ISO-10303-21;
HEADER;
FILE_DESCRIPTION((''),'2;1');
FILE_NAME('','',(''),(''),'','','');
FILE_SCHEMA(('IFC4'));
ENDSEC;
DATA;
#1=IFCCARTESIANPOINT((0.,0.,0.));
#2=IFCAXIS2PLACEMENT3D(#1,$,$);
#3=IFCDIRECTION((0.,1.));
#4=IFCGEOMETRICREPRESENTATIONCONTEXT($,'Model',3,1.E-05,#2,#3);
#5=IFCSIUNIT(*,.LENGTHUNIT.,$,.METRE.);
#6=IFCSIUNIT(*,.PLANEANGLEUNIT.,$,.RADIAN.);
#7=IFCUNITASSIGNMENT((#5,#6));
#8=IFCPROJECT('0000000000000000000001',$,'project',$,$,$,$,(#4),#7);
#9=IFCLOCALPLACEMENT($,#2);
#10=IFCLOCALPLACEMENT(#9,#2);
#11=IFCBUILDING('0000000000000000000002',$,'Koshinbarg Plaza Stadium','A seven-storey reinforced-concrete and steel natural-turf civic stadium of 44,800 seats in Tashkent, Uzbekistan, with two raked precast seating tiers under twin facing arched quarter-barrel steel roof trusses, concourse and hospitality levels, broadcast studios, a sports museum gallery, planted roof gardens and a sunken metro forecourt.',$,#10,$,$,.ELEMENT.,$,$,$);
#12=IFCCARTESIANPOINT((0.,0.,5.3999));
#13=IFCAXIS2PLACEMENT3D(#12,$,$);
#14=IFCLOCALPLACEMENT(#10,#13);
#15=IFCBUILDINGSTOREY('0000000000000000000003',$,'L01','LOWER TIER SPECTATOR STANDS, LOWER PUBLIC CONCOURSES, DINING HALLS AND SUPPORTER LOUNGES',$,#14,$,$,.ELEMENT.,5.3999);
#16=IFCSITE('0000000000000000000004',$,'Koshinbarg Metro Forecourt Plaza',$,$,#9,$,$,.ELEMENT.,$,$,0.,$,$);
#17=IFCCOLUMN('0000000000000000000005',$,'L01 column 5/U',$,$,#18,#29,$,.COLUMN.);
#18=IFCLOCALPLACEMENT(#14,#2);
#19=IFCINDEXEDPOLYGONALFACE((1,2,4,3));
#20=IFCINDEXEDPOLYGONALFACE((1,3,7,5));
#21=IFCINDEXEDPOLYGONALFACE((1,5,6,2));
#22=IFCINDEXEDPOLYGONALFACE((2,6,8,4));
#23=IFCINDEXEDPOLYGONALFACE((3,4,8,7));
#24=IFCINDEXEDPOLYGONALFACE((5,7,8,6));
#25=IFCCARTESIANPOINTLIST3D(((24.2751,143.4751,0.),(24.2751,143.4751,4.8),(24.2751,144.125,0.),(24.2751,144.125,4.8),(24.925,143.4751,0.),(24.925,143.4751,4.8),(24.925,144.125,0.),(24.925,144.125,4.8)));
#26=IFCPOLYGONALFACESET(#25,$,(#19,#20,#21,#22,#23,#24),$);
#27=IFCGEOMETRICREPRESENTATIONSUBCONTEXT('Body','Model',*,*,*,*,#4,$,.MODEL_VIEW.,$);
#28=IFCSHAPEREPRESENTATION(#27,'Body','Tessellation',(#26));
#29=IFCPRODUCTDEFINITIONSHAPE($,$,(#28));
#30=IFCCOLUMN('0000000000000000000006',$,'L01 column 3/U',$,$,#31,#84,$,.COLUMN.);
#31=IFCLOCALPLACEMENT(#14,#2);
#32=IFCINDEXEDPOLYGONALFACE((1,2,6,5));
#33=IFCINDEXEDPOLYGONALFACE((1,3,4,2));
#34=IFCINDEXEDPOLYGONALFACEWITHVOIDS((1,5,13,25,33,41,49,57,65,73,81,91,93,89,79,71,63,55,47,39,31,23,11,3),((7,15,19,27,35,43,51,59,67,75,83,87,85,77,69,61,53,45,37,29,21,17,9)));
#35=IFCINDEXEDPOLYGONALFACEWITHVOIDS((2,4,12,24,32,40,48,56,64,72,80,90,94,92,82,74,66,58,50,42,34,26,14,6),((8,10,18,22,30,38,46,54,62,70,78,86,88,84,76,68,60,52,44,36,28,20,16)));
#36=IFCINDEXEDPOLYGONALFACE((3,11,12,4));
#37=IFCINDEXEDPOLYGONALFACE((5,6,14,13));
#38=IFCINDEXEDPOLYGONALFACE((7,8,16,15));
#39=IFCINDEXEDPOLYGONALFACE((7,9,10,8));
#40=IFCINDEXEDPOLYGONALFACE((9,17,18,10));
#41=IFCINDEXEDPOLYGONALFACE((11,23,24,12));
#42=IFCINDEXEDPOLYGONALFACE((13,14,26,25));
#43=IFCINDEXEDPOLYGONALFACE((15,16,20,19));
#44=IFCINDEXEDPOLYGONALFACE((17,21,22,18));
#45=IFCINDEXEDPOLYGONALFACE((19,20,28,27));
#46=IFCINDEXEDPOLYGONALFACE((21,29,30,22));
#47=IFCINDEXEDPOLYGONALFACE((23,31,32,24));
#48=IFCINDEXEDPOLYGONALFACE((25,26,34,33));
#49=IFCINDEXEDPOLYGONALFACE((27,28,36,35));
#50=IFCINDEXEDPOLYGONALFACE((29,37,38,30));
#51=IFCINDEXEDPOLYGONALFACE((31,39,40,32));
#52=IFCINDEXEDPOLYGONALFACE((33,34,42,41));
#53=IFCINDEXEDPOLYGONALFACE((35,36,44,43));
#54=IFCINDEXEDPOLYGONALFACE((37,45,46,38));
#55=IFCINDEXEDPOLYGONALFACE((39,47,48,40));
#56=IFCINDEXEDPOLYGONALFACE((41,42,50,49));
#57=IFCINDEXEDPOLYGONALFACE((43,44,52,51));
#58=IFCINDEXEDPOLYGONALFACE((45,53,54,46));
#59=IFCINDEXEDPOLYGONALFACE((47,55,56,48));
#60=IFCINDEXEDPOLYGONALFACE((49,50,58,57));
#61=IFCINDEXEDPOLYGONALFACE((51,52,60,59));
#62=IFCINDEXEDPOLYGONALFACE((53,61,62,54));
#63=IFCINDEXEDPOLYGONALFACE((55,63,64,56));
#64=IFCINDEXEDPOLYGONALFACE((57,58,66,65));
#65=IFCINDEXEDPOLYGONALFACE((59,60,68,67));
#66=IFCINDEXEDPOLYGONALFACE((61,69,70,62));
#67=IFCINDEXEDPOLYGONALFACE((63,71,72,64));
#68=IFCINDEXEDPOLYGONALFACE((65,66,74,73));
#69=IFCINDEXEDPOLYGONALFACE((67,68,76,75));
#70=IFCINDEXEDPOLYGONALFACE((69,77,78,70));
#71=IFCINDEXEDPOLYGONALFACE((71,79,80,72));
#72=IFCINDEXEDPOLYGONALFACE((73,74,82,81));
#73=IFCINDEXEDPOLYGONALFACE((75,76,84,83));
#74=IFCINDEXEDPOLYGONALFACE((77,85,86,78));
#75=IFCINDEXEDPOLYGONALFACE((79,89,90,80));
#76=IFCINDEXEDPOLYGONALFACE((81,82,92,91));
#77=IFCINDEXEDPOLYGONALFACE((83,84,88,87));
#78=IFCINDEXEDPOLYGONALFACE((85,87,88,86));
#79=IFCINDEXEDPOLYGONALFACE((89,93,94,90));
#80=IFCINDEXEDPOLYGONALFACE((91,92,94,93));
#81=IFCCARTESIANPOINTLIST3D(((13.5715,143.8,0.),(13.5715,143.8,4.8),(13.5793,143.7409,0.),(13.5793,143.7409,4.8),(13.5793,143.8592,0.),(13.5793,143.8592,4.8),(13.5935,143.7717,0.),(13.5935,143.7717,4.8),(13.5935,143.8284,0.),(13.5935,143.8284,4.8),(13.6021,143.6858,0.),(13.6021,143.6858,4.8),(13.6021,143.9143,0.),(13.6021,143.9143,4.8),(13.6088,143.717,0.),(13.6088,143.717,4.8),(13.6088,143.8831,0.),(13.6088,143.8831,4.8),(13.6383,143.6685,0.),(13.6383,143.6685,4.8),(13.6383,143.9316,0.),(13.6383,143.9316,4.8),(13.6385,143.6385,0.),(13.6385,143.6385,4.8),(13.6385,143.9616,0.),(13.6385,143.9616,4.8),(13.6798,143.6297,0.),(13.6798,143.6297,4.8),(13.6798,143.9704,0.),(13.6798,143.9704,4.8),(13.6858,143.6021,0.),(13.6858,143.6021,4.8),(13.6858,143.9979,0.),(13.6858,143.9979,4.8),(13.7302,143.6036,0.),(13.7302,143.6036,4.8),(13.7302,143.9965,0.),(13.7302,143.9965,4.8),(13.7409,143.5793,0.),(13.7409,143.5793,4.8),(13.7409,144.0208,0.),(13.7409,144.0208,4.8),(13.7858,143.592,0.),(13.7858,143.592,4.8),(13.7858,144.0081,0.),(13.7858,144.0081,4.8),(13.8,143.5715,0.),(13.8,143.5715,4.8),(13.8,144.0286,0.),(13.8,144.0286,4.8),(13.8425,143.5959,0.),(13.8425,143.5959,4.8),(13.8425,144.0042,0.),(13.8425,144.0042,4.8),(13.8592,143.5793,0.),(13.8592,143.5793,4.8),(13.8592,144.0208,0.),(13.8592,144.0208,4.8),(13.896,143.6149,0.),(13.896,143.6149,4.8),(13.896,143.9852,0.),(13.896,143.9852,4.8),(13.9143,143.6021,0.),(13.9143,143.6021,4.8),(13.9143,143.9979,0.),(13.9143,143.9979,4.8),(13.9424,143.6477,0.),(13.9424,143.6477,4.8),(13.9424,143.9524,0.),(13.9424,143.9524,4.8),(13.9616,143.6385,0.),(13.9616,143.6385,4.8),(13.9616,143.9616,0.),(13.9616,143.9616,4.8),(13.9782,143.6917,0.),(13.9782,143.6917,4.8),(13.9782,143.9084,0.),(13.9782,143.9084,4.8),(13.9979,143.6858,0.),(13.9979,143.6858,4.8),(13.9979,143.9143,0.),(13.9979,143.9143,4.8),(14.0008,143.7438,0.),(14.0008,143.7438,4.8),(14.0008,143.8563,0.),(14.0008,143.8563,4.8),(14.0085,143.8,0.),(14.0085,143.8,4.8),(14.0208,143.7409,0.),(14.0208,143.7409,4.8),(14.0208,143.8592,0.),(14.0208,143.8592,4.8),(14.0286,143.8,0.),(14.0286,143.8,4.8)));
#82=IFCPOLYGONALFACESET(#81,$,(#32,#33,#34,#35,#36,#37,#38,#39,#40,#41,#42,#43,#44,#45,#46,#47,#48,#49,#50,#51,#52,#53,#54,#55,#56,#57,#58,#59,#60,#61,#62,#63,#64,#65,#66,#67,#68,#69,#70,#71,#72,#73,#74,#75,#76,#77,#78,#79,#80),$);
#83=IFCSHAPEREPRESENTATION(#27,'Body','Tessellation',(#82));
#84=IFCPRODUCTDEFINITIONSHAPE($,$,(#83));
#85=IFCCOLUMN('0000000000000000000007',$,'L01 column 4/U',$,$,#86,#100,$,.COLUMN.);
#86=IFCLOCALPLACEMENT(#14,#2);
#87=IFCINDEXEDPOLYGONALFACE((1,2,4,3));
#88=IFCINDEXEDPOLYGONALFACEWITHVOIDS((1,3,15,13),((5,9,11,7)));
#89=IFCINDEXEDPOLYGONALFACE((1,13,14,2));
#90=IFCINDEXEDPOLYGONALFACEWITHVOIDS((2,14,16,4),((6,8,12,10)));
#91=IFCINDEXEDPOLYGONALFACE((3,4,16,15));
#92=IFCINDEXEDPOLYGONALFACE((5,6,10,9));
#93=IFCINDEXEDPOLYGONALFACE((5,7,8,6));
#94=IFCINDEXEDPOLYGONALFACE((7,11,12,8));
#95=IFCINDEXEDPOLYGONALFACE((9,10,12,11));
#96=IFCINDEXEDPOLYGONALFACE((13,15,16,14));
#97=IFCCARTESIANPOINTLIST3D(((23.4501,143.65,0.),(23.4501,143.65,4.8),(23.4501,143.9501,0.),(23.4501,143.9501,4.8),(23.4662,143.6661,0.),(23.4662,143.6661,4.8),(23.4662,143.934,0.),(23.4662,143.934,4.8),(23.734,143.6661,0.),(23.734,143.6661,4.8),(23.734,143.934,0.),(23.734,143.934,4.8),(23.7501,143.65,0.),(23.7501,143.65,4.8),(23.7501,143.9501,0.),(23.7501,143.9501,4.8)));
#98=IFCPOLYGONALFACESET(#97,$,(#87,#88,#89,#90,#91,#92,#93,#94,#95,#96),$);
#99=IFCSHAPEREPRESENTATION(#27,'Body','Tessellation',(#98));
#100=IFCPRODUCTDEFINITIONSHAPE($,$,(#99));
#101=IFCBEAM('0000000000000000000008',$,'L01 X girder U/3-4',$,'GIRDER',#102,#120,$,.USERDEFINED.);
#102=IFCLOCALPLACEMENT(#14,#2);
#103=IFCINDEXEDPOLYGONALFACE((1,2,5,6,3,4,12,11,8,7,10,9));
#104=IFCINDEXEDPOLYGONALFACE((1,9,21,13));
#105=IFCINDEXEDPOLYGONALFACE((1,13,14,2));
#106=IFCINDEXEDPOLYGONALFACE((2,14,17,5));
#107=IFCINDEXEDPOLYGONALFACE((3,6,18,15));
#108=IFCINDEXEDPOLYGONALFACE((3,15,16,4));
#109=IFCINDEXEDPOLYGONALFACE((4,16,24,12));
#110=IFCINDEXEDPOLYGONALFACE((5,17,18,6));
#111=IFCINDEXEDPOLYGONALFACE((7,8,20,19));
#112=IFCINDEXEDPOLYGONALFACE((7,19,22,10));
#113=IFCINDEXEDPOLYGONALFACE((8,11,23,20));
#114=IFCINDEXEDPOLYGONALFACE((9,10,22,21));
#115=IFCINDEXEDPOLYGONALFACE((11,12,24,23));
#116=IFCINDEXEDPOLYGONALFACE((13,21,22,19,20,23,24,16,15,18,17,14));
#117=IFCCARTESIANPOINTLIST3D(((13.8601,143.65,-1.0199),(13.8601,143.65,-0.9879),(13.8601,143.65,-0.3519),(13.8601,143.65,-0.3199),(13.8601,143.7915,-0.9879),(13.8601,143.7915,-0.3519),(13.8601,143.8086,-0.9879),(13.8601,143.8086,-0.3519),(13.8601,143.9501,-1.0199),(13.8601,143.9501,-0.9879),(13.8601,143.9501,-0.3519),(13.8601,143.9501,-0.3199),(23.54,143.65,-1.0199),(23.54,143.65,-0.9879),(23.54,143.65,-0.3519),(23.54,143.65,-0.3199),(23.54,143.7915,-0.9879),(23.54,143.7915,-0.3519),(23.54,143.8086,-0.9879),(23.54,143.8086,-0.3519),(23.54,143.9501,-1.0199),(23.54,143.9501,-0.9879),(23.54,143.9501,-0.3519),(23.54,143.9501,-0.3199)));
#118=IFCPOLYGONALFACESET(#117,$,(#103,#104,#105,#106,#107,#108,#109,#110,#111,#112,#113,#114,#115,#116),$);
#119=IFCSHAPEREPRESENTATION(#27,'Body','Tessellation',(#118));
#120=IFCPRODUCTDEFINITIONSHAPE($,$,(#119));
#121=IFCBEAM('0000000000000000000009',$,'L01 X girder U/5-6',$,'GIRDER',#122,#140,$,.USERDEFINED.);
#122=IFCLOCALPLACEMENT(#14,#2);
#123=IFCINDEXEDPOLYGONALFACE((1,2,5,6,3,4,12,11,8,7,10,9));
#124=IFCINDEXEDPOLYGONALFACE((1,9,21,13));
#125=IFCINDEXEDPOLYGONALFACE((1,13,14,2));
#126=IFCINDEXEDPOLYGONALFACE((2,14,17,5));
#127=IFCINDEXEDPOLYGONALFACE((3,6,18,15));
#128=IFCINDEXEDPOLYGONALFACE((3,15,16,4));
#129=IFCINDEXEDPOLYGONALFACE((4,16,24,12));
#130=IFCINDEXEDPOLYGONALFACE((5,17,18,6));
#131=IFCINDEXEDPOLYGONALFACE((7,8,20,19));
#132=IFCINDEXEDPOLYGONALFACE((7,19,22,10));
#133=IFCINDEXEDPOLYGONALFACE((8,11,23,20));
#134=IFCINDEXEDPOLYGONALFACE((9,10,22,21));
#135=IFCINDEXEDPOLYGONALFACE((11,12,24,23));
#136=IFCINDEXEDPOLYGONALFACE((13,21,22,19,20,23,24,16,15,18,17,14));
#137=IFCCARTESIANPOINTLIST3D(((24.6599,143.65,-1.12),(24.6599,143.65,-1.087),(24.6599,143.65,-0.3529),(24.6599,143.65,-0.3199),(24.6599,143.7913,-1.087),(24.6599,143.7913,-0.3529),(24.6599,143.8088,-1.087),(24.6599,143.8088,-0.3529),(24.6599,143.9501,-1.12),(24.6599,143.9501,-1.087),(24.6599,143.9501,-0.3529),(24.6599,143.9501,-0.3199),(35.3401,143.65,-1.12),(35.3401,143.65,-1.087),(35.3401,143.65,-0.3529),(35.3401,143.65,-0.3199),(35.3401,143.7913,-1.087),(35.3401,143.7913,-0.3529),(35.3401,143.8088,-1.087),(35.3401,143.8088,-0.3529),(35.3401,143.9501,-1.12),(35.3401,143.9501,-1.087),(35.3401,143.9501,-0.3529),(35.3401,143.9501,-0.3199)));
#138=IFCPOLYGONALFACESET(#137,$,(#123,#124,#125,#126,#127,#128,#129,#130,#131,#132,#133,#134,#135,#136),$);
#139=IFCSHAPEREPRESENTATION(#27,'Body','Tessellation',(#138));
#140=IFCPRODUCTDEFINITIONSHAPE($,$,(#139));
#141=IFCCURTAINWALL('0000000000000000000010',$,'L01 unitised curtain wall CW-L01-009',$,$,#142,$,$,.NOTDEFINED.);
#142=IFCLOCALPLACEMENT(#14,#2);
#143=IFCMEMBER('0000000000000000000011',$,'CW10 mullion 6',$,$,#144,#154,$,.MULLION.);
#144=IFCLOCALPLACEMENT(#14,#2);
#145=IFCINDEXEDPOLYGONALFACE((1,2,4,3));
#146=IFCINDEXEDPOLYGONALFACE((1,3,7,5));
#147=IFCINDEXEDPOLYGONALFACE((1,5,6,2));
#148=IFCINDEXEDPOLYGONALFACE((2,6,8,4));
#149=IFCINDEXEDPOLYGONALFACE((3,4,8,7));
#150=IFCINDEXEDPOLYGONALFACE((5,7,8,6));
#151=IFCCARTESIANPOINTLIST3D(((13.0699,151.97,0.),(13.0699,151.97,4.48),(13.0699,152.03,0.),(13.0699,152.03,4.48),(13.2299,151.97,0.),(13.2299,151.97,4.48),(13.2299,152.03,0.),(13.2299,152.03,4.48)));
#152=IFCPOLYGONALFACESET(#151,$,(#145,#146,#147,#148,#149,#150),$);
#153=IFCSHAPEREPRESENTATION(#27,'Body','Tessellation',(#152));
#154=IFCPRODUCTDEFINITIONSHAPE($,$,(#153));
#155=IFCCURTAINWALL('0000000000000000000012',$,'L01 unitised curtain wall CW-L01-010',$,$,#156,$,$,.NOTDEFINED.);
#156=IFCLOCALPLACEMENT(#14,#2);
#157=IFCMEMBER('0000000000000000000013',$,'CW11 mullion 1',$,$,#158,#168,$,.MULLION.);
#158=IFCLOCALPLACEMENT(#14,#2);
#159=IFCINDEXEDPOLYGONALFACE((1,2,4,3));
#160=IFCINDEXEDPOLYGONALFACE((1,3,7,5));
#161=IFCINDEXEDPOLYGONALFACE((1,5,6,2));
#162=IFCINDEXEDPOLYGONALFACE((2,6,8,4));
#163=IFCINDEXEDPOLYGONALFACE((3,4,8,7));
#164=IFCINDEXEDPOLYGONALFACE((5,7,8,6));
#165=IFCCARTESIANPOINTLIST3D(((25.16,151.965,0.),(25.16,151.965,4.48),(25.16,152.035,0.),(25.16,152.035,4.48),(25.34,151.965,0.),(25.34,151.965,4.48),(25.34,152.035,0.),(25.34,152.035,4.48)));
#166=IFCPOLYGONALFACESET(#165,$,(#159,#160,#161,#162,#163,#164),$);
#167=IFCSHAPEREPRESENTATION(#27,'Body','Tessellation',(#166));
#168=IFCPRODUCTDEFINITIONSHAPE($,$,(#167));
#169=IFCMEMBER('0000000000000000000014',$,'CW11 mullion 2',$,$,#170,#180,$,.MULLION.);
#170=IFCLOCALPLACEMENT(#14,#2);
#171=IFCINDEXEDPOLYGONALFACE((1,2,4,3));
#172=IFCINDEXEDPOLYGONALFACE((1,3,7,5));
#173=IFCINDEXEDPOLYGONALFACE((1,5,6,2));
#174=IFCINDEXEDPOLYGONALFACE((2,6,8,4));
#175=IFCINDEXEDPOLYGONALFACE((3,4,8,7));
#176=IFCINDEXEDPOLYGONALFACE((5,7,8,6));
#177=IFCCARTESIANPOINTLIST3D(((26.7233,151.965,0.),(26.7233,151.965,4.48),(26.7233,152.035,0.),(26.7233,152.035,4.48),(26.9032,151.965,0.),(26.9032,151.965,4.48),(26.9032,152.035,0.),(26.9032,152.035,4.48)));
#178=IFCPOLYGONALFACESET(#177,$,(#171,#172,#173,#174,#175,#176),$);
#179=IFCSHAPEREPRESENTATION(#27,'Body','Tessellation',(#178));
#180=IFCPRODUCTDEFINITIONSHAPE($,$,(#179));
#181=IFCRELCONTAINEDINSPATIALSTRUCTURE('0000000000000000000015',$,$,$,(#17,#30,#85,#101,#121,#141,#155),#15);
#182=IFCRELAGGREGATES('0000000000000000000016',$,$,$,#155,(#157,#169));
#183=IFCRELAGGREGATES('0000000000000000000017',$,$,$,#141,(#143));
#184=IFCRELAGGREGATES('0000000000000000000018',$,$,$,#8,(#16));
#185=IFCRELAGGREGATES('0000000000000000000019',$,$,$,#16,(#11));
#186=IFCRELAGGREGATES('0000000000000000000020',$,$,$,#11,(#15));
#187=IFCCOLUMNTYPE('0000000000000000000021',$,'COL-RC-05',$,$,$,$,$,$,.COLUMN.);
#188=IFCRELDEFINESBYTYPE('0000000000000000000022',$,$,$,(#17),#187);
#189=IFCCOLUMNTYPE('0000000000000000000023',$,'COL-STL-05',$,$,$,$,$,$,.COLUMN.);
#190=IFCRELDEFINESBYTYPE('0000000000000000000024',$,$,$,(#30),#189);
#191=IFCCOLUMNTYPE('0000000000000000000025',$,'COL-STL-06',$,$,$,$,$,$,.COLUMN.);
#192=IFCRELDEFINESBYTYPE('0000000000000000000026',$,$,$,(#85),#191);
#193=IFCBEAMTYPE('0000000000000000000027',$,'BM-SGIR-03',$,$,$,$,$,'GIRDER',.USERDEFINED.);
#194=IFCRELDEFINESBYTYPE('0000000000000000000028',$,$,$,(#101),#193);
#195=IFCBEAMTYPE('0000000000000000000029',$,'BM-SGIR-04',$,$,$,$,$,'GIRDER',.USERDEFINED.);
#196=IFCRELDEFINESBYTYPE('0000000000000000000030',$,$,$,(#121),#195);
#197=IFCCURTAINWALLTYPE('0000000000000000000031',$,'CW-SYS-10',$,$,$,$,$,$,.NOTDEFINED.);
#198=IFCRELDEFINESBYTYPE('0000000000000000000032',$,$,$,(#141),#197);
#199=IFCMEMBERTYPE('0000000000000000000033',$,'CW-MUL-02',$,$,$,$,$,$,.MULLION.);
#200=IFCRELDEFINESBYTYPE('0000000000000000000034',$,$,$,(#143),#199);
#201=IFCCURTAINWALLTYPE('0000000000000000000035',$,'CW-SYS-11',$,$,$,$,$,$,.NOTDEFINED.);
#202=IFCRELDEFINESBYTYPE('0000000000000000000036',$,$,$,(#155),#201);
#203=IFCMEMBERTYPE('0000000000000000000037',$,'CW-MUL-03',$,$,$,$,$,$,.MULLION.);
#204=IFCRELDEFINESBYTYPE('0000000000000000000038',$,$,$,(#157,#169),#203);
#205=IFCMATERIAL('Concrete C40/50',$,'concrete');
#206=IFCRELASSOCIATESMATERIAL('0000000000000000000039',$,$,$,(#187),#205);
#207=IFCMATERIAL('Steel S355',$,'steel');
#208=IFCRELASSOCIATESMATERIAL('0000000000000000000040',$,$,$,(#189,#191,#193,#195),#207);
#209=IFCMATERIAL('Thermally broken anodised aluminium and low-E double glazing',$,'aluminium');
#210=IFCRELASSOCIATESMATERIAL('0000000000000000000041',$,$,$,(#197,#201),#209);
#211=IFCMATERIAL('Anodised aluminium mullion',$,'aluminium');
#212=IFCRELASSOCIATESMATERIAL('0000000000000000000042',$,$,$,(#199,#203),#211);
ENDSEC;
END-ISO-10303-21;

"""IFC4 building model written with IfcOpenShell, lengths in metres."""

from ifc_helpers import new_model, si_unit, direction, frame, origin, origin_2d, place, context, subcontext, project, spatial, rectangle, hollow_rectangle, hollow_circle, i_section, extrude, material, material_profile, profile_set, type_object, element, aggregate, save


model = new_model("IFC4")

# Units and contexts
model_context = context("Model", 3, precision=1e-05, world=origin(), true_north=direction((0.0, 1.0)))
body_context = subcontext(model_context, "Body", "Model", "MODEL_VIEW")
ifc_project = project(units=[si_unit("LENGTHUNIT", "METRE"), si_unit("PLANEANGLEUNIT", "RADIAN")], contexts=[model_context])

# Site, building, storey
site_placement = place(None, origin())
site = spatial("IfcSite", under=ifc_project, at=site_placement, Name="Koshinbarg Metro Forecourt Plaza", CompositionType="ELEMENT", RefElevation=0.0)
building_placement = place(site_placement, origin())
building = spatial("IfcBuilding", under=site, at=building_placement, Name="Koshinbarg Plaza Stadium", Description="A seven-storey reinforced-concrete and steel natural-turf civic stadium of 44,800 seats in Tashkent, Uzbekistan, with two raked precast seating tiers under twin facing arched quarter-barrel steel roof trusses, concourse and hospitality levels, broadcast studios, a sports museum gallery, planted roof gardens and a sunken metro forecourt.", CompositionType="ELEMENT")
storey_placement = place(building_placement, frame((0.0, 0.0, 5.3999)))
storey = spatial("IfcBuildingStorey", under=building, at=storey_placement, Name="L01", Description="LOWER TIER SPECTATOR STANDS, LOWER PUBLIC CONCOURSES, DINING HALLS AND SUPPORTER LOUNGES", CompositionType="ELEMENT", Elevation=5.3999)

# Columns
ifc_material_1 = material(Name="Concrete C40/50", Category="concrete")
ifc_material_profile_1 = material_profile(ifc_material_1, rectangle(XDim=0.6499, YDim=0.6499, at=origin_2d()), Name="RC 650x650")
ifc_profile_set_1 = profile_set([ifc_material_profile_1], Name="Concrete C40/50")
column_type_1 = type_object("IfcColumnType", Name="COL-RC-05", PredefinedType="COLUMN", material=ifc_profile_set_1)
column_1_placement = place(storey_placement, frame((24.6001, 143.8, 0.0), z_axis=(0.0, 0.0, 1.0), x_axis=(1.0, 0.0, 0.0)))
element("IfcColumn", 1, at=column_1_placement, inside=storey, type_object=column_type_1, Name="L01 column 5/U", PredefinedType="COLUMN", context=body_context, shape_type="SweptSolid", body=[
    extrude(rectangle(XDim=0.6499, YDim=0.6499, at=origin_2d()), origin(), (0.0, 0.0, 1.0), 4.8),
])
ifc_material_2 = material(Name="Steel S355", Category="steel")
ifc_material_profile_2 = material_profile(ifc_material_2, hollow_circle(Radius=0.2285, WallThickness=0.02, at=origin_2d()), Name="CHS 457x20")
ifc_profile_set_2 = profile_set([ifc_material_profile_2], Name="Steel S355")
column_type_2 = type_object("IfcColumnType", Name="COL-STL-05", PredefinedType="COLUMN", material=ifc_profile_set_2)
column_2_placement = place(storey_placement, frame((13.8, 143.8, 0.0), z_axis=(0.0, 0.0, 1.0), x_axis=(1.0, 0.0, 0.0)))
element("IfcColumn", 2, at=column_2_placement, inside=storey, type_object=column_type_2, Name="L01 column 3/U", PredefinedType="COLUMN", context=body_context, shape_type="SweptSolid", body=[
    extrude(hollow_circle(Radius=0.2285, WallThickness=0.02, at=origin_2d()), origin(), (0.0, 0.0, 1.0), 4.8),
])
ifc_material_profile_3 = material_profile(ifc_material_2, hollow_rectangle(XDim=0.3, YDim=0.3, WallThickness=0.0161, at=origin_2d()), Name="SHS 300x300x16")
ifc_profile_set_3 = profile_set([ifc_material_profile_3], Name="Steel S355")
column_type_3 = type_object("IfcColumnType", Name="COL-STL-06", PredefinedType="COLUMN", material=ifc_profile_set_3)
column_3_placement = place(storey_placement, frame((23.6001, 143.8, 0.0), z_axis=(0.0, 0.0, 1.0), x_axis=(1.0, 0.0, 0.0)))
element("IfcColumn", 3, at=column_3_placement, inside=storey, type_object=column_type_3, Name="L01 column 4/U", PredefinedType="COLUMN", context=body_context, shape_type="SweptSolid", body=[
    extrude(hollow_rectangle(XDim=0.3, YDim=0.3, WallThickness=0.0161, at=origin_2d()), origin(), (0.0, 0.0, 1.0), 4.8),
])

# Beams
ifc_material_profile_4 = material_profile(ifc_material_2, i_section(OverallWidth=0.3, OverallDepth=0.7, WebThickness=0.0171, FlangeThickness=0.032, at=origin_2d()), Name="HEB 700")
ifc_profile_set_4 = profile_set([ifc_material_profile_4], Name="Steel S355")
beam_type_1 = type_object("IfcBeamType", Name="BM-SGIR-03", ElementType="GIRDER", PredefinedType="USERDEFINED", material=ifc_profile_set_4)
beam_1_placement = place(storey_placement, frame((13.8601, 143.8, -0.6699), z_axis=(1.0, 0.0, 0.0), x_axis=(0.0, 1.0, 0.0)))
element("IfcBeam", 4, at=beam_1_placement, inside=storey, type_object=beam_type_1, Name="L01 X girder U/3-4", ObjectType="GIRDER", PredefinedType="USERDEFINED", context=body_context, shape_type="SweptSolid", body=[
    extrude(i_section(OverallWidth=0.3, OverallDepth=0.7, WebThickness=0.0171, FlangeThickness=0.032, at=origin_2d()), origin(), (0.0, 0.0, 1.0), 9.6799),
])
ifc_material_profile_5 = material_profile(ifc_material_2, i_section(OverallWidth=0.3, OverallDepth=0.8, WebThickness=0.0176, FlangeThickness=0.033, at=origin_2d()), Name="HEB 800")
ifc_profile_set_5 = profile_set([ifc_material_profile_5], Name="Steel S355")
beam_type_2 = type_object("IfcBeamType", Name="BM-SGIR-04", ElementType="GIRDER", PredefinedType="USERDEFINED", material=ifc_profile_set_5)
beam_2_placement = place(storey_placement, frame((24.6599, 143.8, -0.72), z_axis=(1.0, 0.0, 0.0), x_axis=(0.0, 1.0, 0.0)))
element("IfcBeam", 5, at=beam_2_placement, inside=storey, type_object=beam_type_2, Name="L01 X girder U/5-6", ObjectType="GIRDER", PredefinedType="USERDEFINED", context=body_context, shape_type="SweptSolid", body=[
    extrude(i_section(OverallWidth=0.3, OverallDepth=0.8, WebThickness=0.0176, FlangeThickness=0.033, at=origin_2d()), origin(), (0.0, 0.0, 1.0), 10.6802),
])

# Curtain wall, member
ifc_material_3 = material(Name="Thermally broken anodised aluminium and low-E double glazing", Category="aluminium")
curtain_wall_type_1 = type_object("IfcCurtainWallType", Name="CW-SYS-10", PredefinedType="NOTDEFINED", material=ifc_material_3)
curtain_wall_1_placement = place(storey_placement, origin())
curtain_wall_1 = element("IfcCurtainWall", 6, at=curtain_wall_1_placement, inside=storey, type_object=curtain_wall_type_1, Name="L01 unitised curtain wall CW-L01-009", PredefinedType="NOTDEFINED")
ifc_material_4 = material(Name="Anodised aluminium mullion", Category="aluminium")
ifc_material_profile_6 = material_profile(ifc_material_4, rectangle(XDim=0.0601, YDim=0.1599, at=origin_2d()), Name="ALU 60x160")
ifc_profile_set_6 = profile_set([ifc_material_profile_6], Name="Anodised aluminium mullion")
member_type_1 = type_object("IfcMemberType", Name="CW-MUL-02", PredefinedType="MULLION", material=ifc_profile_set_6)
member_1_placement = place(storey_placement, frame((13.1499, 152.0, 0.0), z_axis=(0.0, 0.0, 1.0), x_axis=(0.0, 1.0, 0.0)))
member_1 = element("IfcMember", 7, at=member_1_placement, type_object=member_type_1, Name="CW10 mullion 6", PredefinedType="MULLION", context=body_context, shape_type="SweptSolid", body=[
    extrude(rectangle(XDim=0.0601, YDim=0.1599, at=origin_2d()), origin(), (0.0, 0.0, 1.0), 4.48),
])

# Curtain wall, members
curtain_wall_type_2 = type_object("IfcCurtainWallType", Name="CW-SYS-11", PredefinedType="NOTDEFINED", material=ifc_material_3)
curtain_wall_2_placement = place(storey_placement, origin())
curtain_wall_2 = element("IfcCurtainWall", 8, at=curtain_wall_2_placement, inside=storey, type_object=curtain_wall_type_2, Name="L01 unitised curtain wall CW-L01-010", PredefinedType="NOTDEFINED")
ifc_material_profile_7 = material_profile(ifc_material_4, rectangle(XDim=0.0701, YDim=0.1799, at=origin_2d()), Name="ALU 70x180")
ifc_profile_set_7 = profile_set([ifc_material_profile_7], Name="Anodised aluminium mullion")
member_type_2 = type_object("IfcMemberType", Name="CW-MUL-03", PredefinedType="MULLION", material=ifc_profile_set_7)
member_2_placement = place(storey_placement, frame((25.25, 152.0, 0.0), z_axis=(0.0, 0.0, 1.0), x_axis=(0.0, 1.0, 0.0)))
member_2 = element("IfcMember", 9, at=member_2_placement, type_object=member_type_2, Name="CW11 mullion 1", PredefinedType="MULLION", context=body_context, shape_type="SweptSolid", body=[
    extrude(rectangle(XDim=0.0701, YDim=0.1799, at=origin_2d()), origin(), (0.0, 0.0, 1.0), 4.48),
])
member_3_placement = place(storey_placement, frame((26.8132, 152.0, 0.0), z_axis=(0.0, 0.0, 1.0), x_axis=(0.0, 1.0, 0.0)))
member_3 = element("IfcMember", 10, at=member_3_placement, type_object=member_type_2, Name="CW11 mullion 2", PredefinedType="MULLION", context=body_context, shape_type="SweptSolid", body=[
    extrude(rectangle(XDim=0.0701, YDim=0.1799, at=origin_2d()), origin(), (0.0, 0.0, 1.0), 4.48),
])
aggregate(curtain_wall_2, [member_2, member_3])

aggregate(curtain_wall_1, [member_1])

save(model, "model.ifc")
